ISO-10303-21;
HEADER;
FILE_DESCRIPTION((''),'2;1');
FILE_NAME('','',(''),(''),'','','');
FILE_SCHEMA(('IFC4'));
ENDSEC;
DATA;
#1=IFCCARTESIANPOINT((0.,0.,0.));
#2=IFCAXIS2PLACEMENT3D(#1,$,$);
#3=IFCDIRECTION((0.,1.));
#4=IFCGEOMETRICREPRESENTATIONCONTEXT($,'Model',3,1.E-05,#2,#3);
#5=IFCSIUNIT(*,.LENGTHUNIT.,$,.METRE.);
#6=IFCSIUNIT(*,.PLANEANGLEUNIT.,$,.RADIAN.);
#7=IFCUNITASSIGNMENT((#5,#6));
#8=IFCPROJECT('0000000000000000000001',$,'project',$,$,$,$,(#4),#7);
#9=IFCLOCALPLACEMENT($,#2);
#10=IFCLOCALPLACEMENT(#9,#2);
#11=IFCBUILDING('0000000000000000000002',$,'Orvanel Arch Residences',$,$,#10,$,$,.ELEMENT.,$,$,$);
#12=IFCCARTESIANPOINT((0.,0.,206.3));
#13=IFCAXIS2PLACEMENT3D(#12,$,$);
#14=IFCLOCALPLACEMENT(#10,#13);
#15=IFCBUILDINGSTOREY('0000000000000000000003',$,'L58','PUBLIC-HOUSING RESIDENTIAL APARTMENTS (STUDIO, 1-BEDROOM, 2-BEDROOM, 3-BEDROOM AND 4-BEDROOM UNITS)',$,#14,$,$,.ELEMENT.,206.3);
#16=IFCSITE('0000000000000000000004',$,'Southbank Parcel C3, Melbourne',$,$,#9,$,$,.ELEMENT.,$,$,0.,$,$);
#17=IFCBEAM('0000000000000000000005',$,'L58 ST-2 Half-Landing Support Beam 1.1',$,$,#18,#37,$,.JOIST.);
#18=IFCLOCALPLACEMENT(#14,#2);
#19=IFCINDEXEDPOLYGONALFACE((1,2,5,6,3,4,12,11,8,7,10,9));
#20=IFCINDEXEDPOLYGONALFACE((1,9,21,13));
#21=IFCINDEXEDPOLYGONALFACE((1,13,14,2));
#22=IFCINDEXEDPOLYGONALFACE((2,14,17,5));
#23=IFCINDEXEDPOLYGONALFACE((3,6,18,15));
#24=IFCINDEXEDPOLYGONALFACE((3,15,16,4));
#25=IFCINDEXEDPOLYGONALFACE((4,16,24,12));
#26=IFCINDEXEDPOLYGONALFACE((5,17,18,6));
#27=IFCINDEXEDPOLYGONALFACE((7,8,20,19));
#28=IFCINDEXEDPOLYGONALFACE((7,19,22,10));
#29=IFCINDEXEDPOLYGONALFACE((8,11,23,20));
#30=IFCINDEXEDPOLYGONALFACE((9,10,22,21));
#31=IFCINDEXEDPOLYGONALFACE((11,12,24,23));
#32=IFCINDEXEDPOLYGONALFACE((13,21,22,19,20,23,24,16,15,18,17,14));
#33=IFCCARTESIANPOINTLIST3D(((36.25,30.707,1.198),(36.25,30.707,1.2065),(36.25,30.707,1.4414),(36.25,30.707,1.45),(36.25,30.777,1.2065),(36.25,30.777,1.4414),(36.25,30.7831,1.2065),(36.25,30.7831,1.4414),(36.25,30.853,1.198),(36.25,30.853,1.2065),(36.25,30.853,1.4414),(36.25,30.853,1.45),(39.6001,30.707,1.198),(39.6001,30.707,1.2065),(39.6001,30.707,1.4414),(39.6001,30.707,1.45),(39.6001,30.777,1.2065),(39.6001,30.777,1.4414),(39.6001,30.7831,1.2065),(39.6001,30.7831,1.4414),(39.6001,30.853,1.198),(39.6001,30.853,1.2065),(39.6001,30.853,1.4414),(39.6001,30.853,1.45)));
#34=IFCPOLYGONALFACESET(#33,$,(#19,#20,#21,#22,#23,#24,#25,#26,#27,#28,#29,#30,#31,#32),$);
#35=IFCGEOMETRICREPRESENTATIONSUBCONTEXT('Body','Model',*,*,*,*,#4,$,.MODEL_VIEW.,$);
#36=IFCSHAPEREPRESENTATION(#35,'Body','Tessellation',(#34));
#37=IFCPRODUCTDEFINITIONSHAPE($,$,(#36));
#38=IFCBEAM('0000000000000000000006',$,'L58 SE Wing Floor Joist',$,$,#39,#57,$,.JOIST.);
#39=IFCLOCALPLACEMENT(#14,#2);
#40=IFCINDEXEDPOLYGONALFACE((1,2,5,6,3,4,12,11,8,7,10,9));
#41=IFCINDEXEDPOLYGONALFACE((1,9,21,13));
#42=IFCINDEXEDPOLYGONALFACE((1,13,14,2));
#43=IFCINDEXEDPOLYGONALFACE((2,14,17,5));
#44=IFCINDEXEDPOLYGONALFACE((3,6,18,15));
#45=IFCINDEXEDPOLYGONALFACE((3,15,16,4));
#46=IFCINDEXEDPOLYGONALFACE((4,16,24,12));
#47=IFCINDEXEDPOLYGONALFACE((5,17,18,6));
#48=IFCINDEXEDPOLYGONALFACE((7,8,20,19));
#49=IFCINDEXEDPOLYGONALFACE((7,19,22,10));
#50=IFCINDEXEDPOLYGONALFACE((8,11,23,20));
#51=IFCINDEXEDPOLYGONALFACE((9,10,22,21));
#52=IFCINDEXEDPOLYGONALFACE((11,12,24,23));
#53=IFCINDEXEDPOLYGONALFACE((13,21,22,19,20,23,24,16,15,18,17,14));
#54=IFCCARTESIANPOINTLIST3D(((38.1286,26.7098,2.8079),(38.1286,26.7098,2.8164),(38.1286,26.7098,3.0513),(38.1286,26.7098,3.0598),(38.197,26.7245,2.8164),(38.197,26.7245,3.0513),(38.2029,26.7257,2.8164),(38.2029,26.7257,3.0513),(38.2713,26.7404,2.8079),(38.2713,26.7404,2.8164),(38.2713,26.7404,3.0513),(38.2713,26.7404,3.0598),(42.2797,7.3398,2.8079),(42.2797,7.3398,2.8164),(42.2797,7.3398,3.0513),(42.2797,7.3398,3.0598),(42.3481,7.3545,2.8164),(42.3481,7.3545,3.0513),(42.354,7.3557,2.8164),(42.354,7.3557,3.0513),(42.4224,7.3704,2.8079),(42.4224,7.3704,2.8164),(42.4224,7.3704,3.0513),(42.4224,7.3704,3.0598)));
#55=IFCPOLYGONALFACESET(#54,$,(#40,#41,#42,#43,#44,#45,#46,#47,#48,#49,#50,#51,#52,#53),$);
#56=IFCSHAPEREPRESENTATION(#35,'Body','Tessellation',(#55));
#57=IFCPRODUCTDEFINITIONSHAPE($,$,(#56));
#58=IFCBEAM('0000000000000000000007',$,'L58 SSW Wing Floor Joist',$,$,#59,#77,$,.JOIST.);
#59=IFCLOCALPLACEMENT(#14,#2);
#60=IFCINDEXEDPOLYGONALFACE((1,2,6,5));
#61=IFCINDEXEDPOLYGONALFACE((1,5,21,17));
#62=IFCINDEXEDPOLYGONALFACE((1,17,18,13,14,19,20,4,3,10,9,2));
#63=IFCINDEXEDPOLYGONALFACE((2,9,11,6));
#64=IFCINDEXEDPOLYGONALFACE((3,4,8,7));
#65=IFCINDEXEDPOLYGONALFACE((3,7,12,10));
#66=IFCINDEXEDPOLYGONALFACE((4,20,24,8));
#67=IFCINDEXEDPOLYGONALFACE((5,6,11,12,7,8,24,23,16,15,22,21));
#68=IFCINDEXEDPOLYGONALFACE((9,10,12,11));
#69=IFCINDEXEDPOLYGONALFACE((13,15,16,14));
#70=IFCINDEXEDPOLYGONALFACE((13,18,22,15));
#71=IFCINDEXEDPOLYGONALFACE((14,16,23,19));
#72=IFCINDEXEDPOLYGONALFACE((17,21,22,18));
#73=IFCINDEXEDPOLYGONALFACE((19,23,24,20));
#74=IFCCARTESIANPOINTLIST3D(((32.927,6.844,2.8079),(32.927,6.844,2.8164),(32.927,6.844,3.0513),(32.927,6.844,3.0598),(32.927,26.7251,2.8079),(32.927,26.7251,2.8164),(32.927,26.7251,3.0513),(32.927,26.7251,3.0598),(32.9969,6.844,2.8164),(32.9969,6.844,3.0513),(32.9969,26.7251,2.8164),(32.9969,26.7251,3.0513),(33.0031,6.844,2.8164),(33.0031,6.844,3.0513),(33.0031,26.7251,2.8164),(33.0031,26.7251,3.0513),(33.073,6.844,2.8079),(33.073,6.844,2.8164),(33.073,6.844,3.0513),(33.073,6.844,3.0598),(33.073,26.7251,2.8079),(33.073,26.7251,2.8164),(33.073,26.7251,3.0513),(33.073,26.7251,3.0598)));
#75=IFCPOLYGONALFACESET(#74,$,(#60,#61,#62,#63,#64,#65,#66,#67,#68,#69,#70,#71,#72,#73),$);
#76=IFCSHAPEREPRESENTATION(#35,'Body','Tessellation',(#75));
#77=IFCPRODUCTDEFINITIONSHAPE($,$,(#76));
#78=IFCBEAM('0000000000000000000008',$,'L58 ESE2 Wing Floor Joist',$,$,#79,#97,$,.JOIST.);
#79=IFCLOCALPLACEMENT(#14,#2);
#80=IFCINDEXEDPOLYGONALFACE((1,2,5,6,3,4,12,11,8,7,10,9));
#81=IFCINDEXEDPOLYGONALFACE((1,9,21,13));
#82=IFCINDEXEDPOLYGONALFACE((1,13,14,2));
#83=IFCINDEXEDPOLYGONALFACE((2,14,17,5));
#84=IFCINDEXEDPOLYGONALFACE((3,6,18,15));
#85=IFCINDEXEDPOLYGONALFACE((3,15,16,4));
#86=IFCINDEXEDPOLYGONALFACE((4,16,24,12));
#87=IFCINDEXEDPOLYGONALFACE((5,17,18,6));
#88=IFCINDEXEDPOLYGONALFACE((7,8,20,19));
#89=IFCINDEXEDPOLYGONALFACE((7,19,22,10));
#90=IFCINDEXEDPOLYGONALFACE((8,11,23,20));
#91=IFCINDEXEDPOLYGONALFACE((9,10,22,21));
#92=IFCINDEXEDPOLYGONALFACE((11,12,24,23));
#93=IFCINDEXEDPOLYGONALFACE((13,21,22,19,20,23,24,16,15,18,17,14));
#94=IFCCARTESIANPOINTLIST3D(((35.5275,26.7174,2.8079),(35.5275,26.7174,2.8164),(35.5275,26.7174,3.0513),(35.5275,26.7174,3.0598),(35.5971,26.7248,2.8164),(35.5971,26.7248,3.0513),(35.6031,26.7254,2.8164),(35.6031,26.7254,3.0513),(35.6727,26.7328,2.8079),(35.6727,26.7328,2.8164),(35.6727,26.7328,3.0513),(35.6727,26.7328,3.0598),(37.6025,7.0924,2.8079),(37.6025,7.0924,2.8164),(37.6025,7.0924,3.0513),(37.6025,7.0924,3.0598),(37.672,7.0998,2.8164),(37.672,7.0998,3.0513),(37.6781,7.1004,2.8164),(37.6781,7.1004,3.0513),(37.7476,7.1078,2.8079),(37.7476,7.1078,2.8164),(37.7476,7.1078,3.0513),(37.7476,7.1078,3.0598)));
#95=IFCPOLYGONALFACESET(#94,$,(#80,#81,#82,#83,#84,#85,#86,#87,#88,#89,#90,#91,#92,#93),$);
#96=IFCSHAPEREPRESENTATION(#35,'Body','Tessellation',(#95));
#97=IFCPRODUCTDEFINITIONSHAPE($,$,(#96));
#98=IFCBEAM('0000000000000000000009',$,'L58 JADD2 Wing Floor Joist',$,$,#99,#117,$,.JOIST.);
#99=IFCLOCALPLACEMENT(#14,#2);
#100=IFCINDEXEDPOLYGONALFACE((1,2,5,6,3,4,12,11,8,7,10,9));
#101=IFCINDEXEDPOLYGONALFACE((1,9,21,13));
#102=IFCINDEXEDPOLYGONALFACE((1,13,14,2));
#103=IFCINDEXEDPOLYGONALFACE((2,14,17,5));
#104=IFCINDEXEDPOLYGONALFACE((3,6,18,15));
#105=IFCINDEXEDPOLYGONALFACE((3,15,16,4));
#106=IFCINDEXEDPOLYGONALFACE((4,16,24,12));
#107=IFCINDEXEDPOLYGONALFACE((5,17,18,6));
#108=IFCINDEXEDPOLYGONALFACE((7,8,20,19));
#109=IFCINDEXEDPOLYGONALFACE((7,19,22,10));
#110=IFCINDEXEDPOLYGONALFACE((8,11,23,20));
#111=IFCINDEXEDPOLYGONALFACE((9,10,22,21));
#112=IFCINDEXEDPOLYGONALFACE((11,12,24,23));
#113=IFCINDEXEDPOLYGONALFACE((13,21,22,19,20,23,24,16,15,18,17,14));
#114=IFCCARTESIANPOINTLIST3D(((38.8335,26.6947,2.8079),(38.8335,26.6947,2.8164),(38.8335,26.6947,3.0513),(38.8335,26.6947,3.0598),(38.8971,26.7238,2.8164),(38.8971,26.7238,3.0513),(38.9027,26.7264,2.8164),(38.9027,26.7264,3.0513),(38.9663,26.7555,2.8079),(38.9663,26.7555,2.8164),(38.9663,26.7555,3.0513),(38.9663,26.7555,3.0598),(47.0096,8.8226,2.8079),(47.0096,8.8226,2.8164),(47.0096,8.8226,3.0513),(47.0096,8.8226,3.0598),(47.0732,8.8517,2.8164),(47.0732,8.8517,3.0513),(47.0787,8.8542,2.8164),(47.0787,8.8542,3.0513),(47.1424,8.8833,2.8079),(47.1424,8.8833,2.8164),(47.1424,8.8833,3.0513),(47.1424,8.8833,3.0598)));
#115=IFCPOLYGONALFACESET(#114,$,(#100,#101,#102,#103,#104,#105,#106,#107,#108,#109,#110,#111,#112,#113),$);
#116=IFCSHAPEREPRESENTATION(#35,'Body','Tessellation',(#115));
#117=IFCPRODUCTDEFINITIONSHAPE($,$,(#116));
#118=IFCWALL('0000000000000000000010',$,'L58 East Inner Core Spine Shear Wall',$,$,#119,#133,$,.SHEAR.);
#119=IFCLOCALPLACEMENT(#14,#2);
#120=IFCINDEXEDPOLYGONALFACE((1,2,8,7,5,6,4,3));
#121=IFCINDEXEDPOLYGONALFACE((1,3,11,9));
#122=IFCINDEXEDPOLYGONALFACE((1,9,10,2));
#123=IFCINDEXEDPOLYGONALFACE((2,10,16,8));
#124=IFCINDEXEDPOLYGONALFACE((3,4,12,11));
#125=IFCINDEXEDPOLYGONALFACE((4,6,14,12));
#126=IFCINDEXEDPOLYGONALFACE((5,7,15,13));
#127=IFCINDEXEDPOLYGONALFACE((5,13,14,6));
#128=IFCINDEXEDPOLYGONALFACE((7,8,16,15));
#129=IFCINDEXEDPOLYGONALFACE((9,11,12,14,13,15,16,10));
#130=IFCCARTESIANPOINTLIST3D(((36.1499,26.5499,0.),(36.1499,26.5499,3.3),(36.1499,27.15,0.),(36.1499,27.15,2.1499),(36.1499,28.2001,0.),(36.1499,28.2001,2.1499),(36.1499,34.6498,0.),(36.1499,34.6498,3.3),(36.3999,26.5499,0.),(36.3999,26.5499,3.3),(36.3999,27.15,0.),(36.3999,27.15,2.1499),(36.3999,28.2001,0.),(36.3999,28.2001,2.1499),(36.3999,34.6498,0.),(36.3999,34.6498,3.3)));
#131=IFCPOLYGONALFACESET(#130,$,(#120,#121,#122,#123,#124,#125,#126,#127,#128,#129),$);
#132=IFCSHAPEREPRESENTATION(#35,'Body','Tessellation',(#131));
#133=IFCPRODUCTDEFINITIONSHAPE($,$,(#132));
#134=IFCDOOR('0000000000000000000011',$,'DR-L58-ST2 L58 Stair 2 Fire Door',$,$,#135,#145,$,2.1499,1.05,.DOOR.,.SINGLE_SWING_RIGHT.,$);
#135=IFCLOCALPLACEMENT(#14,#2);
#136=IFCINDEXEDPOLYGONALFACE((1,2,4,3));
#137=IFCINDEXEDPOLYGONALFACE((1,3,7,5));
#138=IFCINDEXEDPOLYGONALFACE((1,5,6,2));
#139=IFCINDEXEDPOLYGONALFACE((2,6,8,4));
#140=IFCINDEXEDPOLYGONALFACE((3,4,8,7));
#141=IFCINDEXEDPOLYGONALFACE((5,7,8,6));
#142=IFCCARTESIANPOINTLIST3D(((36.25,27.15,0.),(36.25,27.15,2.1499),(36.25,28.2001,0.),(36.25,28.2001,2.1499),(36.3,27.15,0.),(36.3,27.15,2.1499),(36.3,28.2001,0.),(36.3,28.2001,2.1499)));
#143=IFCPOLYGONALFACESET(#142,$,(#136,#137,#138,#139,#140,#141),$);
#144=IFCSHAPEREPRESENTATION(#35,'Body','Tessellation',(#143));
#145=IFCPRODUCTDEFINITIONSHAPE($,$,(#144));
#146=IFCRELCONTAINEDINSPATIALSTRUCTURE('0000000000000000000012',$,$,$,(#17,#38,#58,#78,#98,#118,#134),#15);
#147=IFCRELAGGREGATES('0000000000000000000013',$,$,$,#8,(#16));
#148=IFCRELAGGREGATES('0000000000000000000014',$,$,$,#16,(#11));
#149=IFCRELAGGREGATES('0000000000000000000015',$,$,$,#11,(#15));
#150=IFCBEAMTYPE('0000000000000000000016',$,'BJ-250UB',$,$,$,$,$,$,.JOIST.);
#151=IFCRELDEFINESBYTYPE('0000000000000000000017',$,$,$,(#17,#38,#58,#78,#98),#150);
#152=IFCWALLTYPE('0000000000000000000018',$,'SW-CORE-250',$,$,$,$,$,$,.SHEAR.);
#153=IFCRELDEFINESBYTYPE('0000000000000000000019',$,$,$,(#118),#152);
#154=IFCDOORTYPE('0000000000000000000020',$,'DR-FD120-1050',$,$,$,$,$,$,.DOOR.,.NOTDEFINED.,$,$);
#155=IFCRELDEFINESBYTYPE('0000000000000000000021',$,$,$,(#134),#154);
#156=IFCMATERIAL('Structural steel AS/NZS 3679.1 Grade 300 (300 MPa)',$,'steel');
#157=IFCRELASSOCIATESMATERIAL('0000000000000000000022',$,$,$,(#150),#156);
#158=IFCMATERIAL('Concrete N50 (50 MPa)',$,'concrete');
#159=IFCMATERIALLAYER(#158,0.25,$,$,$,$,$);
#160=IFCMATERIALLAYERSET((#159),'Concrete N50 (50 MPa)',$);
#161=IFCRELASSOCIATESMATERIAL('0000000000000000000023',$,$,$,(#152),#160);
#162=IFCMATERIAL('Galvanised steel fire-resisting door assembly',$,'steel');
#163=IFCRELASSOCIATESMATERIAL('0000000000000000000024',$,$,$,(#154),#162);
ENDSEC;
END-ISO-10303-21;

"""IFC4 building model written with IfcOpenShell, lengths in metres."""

from ifc_helpers import new_model, si_unit, direction, frame, frame_2d, origin, origin_2d, place, context, subcontext, project, spatial, rectangle, i_section, extrude, material, layer, layer_set, material_profile, profile_set, type_object, element, fill, save


model = new_model("IFC4")

# Units and contexts
model_context = context("Model", 3, precision=1e-05, world=origin(), true_north=direction((0.0, 1.0)))
body_context = subcontext(model_context, "Body", "Model", "MODEL_VIEW")
ifc_project = project(units=[si_unit("LENGTHUNIT", "METRE"), si_unit("PLANEANGLEUNIT", "RADIAN")], contexts=[model_context])

# Site, building, storey
site_placement = place(None, origin())
site = spatial("IfcSite", under=ifc_project, at=site_placement, Name="Southbank Parcel C3, Melbourne", CompositionType="ELEMENT", RefElevation=0.0)
building_placement = place(site_placement, origin())
building = spatial("IfcBuilding", under=site, at=building_placement, Name="Orvanel Arch Residences", CompositionType="ELEMENT")
storey_placement = place(building_placement, frame((0.0, 0.0, 206.3)))
storey = spatial("IfcBuildingStorey", under=building, at=storey_placement, Name="L58", Description="PUBLIC-HOUSING RESIDENTIAL APARTMENTS (STUDIO, 1-BEDROOM, 2-BEDROOM, 3-BEDROOM AND 4-BEDROOM UNITS)", CompositionType="ELEMENT", Elevation=206.3)

# Beams
ifc_material_1 = material(Name="Structural steel AS/NZS 3679.1 Grade 300 (300 MPa)", Category="steel")
ifc_material_profile = material_profile(ifc_material_1, i_section(OverallWidth=0.146, OverallDepth=0.252, WebThickness=0.0061, FlangeThickness=0.0085, at=origin_2d()), Name="250UB31.4")
ifc_profile_set = profile_set([ifc_material_profile], Name="Structural steel AS/NZS 3679.1 Grade 300 (300 MPa)")
beam_type = type_object("IfcBeamType", Name="BJ-250UB", PredefinedType="JOIST", material=ifc_profile_set)
beam_1_placement = place(storey_placement, frame((36.25, 30.78, 1.324), z_axis=(1.0, 0.0, 0.0), x_axis=(0.0, 1.0, 0.0)))
element("IfcBeam", 1, at=beam_1_placement, inside=storey, type_object=beam_type, Name="L58 ST-2 Half-Landing Support Beam 1.1", PredefinedType="JOIST", context=body_context, shape_type="SweptSolid", body=[
    extrude(i_section(OverallWidth=0.146, OverallDepth=0.252, WebThickness=0.0061, FlangeThickness=0.0085, at=origin_2d()), origin(), (0.0, 0.0, 1.0), 3.3501),
])
beam_2_placement = place(storey_placement, frame((38.2, 26.7251, 2.9338), z_axis=(0.209548, -0.977798, 0.0), x_axis=(0.977798, 0.209548, 0.0)))
element("IfcBeam", 2, at=beam_2_placement, inside=storey, type_object=beam_type, Name="L58 SE Wing Floor Joist", PredefinedType="JOIST", context=body_context, shape_type="SweptSolid", body=[
    extrude(i_section(OverallWidth=0.146, OverallDepth=0.252, WebThickness=0.0061, FlangeThickness=0.0085, at=origin_2d()), origin(), (0.0, 0.0, 1.0), 19.8098),
])
beam_3_placement = place(storey_placement, frame((33.0, 26.7251, 2.9338), z_axis=(0.0, -1.0, 0.0), x_axis=(1.0, 0.0, 0.0)))
element("IfcBeam", 3, at=beam_3_placement, inside=storey, type_object=beam_type, Name="L58 SSW Wing Floor Joist", PredefinedType="JOIST", context=body_context, shape_type="SweptSolid", body=[
    extrude(i_section(OverallWidth=0.146, OverallDepth=0.252, WebThickness=0.0061, FlangeThickness=0.0085, at=origin_2d()), origin(), (0.0, 0.0, 1.0), 19.8811),
])
beam_4_placement = place(storey_placement, frame((35.6001, 26.7251, 2.9338), z_axis=(0.105144, -0.994457, 0.0), x_axis=(0.994457, 0.105144, 0.0)))
element("IfcBeam", 4, at=beam_4_placement, inside=storey, type_object=beam_type, Name="L58 ESE2 Wing Floor Joist", PredefinedType="JOIST", context=body_context, shape_type="SweptSolid", body=[
    extrude(i_section(OverallWidth=0.146, OverallDepth=0.252, WebThickness=0.0061, FlangeThickness=0.0085, at=origin_2d()), origin(), (0.0, 0.0, 1.0), 19.7344),
])
beam_5_placement = place(storey_placement, frame((38.8999, 26.7251, 2.9338), z_axis=(0.41601, -0.90936, 0.0), x_axis=(0.90936, 0.41601, 0.0)))
element("IfcBeam", 5, at=beam_5_placement, inside=storey, type_object=beam_type, Name="L58 JADD2 Wing Floor Joist", PredefinedType="JOIST", context=body_context, shape_type="SweptSolid", body=[
    extrude(i_section(OverallWidth=0.146, OverallDepth=0.252, WebThickness=0.0061, FlangeThickness=0.0085, at=origin_2d()), origin(), (0.0, 0.0, 1.0), 19.6536),
])

# Wall, opening, door
ifc_material_2 = material(Name="Concrete N50 (50 MPa)", Category="concrete")
ifc_layer_1 = layer(ifc_material_2, 0.25)
ifc_layer_set_1 = layer_set([ifc_layer_1], Name="Concrete N50 (50 MPa)")
wall_type_1 = type_object("IfcWallType", Name="SW-CORE-250", PredefinedType="SHEAR", material=ifc_layer_set_1)
wall_1_placement = place(storey_placement, frame((36.2749, 26.55, 0.0), z_axis=(0.0, 0.0, 1.0), x_axis=(0.0, 1.0, 0.0)))
wall_1 = element("IfcWall", 6, at=wall_1_placement, inside=storey, type_object=wall_type_1, Name="L58 East Inner Core Spine Shear Wall", PredefinedType="SHEAR", context=body_context, shape_type="SweptSolid", body=[
    extrude(rectangle(XDim=8.0999, YDim=0.25, at=frame_2d((4.0498, 0.0))), origin(), (0.0, 0.0, 1.0), 3.3),
])
opening_1_placement = place(wall_1_placement, frame((0.6001, 0.0, 0.0)))
opening_1 = element("IfcOpeningElement", 7, at=opening_1_placement, cuts=wall_1, PredefinedType="OPENING", context=body_context, shape_type="SweptSolid", body=[
    extrude(rectangle(XDim=1.05, YDim=2.1499, at=frame_2d((0.5249, 1.075))), frame((0.0, 0.135, 0.0), z_axis=(0.0, -1.0, 0.0), x_axis=(1.0, 0.0, 0.0)), (0.0, 0.0, 1.0), 0.27),
])
ifc_material_3 = material(Name="Galvanised steel fire-resisting door assembly", Category="steel")
door_type_1 = type_object("IfcDoorType", Name="DR-FD120-1050", OperationType="NOTDEFINED", PredefinedType="DOOR", material=ifc_material_3)
door_1_placement = place(opening_1_placement, origin())
door_1 = element("IfcDoor", 8, at=door_1_placement, inside=storey, type_object=door_type_1, Name="DR-L58-ST2 L58 Stair 2 Fire Door", OperationType="SINGLE_SWING_RIGHT", OverallHeight=2.1499, OverallWidth=1.05, PredefinedType="DOOR", context=body_context, shape_type="SweptSolid", body=[
    extrude(rectangle(XDim=1.05, YDim=2.1499, at=frame_2d((0.5249, 1.075))), frame((0.0, 0.0249, 0.0), z_axis=(0.0, -1.0, 0.0), x_axis=(1.0, 0.0, 0.0)), (0.0, 0.0, 1.0), 0.05),
])
fill(opening_1, door_1)

save(model, "model.ifc")
